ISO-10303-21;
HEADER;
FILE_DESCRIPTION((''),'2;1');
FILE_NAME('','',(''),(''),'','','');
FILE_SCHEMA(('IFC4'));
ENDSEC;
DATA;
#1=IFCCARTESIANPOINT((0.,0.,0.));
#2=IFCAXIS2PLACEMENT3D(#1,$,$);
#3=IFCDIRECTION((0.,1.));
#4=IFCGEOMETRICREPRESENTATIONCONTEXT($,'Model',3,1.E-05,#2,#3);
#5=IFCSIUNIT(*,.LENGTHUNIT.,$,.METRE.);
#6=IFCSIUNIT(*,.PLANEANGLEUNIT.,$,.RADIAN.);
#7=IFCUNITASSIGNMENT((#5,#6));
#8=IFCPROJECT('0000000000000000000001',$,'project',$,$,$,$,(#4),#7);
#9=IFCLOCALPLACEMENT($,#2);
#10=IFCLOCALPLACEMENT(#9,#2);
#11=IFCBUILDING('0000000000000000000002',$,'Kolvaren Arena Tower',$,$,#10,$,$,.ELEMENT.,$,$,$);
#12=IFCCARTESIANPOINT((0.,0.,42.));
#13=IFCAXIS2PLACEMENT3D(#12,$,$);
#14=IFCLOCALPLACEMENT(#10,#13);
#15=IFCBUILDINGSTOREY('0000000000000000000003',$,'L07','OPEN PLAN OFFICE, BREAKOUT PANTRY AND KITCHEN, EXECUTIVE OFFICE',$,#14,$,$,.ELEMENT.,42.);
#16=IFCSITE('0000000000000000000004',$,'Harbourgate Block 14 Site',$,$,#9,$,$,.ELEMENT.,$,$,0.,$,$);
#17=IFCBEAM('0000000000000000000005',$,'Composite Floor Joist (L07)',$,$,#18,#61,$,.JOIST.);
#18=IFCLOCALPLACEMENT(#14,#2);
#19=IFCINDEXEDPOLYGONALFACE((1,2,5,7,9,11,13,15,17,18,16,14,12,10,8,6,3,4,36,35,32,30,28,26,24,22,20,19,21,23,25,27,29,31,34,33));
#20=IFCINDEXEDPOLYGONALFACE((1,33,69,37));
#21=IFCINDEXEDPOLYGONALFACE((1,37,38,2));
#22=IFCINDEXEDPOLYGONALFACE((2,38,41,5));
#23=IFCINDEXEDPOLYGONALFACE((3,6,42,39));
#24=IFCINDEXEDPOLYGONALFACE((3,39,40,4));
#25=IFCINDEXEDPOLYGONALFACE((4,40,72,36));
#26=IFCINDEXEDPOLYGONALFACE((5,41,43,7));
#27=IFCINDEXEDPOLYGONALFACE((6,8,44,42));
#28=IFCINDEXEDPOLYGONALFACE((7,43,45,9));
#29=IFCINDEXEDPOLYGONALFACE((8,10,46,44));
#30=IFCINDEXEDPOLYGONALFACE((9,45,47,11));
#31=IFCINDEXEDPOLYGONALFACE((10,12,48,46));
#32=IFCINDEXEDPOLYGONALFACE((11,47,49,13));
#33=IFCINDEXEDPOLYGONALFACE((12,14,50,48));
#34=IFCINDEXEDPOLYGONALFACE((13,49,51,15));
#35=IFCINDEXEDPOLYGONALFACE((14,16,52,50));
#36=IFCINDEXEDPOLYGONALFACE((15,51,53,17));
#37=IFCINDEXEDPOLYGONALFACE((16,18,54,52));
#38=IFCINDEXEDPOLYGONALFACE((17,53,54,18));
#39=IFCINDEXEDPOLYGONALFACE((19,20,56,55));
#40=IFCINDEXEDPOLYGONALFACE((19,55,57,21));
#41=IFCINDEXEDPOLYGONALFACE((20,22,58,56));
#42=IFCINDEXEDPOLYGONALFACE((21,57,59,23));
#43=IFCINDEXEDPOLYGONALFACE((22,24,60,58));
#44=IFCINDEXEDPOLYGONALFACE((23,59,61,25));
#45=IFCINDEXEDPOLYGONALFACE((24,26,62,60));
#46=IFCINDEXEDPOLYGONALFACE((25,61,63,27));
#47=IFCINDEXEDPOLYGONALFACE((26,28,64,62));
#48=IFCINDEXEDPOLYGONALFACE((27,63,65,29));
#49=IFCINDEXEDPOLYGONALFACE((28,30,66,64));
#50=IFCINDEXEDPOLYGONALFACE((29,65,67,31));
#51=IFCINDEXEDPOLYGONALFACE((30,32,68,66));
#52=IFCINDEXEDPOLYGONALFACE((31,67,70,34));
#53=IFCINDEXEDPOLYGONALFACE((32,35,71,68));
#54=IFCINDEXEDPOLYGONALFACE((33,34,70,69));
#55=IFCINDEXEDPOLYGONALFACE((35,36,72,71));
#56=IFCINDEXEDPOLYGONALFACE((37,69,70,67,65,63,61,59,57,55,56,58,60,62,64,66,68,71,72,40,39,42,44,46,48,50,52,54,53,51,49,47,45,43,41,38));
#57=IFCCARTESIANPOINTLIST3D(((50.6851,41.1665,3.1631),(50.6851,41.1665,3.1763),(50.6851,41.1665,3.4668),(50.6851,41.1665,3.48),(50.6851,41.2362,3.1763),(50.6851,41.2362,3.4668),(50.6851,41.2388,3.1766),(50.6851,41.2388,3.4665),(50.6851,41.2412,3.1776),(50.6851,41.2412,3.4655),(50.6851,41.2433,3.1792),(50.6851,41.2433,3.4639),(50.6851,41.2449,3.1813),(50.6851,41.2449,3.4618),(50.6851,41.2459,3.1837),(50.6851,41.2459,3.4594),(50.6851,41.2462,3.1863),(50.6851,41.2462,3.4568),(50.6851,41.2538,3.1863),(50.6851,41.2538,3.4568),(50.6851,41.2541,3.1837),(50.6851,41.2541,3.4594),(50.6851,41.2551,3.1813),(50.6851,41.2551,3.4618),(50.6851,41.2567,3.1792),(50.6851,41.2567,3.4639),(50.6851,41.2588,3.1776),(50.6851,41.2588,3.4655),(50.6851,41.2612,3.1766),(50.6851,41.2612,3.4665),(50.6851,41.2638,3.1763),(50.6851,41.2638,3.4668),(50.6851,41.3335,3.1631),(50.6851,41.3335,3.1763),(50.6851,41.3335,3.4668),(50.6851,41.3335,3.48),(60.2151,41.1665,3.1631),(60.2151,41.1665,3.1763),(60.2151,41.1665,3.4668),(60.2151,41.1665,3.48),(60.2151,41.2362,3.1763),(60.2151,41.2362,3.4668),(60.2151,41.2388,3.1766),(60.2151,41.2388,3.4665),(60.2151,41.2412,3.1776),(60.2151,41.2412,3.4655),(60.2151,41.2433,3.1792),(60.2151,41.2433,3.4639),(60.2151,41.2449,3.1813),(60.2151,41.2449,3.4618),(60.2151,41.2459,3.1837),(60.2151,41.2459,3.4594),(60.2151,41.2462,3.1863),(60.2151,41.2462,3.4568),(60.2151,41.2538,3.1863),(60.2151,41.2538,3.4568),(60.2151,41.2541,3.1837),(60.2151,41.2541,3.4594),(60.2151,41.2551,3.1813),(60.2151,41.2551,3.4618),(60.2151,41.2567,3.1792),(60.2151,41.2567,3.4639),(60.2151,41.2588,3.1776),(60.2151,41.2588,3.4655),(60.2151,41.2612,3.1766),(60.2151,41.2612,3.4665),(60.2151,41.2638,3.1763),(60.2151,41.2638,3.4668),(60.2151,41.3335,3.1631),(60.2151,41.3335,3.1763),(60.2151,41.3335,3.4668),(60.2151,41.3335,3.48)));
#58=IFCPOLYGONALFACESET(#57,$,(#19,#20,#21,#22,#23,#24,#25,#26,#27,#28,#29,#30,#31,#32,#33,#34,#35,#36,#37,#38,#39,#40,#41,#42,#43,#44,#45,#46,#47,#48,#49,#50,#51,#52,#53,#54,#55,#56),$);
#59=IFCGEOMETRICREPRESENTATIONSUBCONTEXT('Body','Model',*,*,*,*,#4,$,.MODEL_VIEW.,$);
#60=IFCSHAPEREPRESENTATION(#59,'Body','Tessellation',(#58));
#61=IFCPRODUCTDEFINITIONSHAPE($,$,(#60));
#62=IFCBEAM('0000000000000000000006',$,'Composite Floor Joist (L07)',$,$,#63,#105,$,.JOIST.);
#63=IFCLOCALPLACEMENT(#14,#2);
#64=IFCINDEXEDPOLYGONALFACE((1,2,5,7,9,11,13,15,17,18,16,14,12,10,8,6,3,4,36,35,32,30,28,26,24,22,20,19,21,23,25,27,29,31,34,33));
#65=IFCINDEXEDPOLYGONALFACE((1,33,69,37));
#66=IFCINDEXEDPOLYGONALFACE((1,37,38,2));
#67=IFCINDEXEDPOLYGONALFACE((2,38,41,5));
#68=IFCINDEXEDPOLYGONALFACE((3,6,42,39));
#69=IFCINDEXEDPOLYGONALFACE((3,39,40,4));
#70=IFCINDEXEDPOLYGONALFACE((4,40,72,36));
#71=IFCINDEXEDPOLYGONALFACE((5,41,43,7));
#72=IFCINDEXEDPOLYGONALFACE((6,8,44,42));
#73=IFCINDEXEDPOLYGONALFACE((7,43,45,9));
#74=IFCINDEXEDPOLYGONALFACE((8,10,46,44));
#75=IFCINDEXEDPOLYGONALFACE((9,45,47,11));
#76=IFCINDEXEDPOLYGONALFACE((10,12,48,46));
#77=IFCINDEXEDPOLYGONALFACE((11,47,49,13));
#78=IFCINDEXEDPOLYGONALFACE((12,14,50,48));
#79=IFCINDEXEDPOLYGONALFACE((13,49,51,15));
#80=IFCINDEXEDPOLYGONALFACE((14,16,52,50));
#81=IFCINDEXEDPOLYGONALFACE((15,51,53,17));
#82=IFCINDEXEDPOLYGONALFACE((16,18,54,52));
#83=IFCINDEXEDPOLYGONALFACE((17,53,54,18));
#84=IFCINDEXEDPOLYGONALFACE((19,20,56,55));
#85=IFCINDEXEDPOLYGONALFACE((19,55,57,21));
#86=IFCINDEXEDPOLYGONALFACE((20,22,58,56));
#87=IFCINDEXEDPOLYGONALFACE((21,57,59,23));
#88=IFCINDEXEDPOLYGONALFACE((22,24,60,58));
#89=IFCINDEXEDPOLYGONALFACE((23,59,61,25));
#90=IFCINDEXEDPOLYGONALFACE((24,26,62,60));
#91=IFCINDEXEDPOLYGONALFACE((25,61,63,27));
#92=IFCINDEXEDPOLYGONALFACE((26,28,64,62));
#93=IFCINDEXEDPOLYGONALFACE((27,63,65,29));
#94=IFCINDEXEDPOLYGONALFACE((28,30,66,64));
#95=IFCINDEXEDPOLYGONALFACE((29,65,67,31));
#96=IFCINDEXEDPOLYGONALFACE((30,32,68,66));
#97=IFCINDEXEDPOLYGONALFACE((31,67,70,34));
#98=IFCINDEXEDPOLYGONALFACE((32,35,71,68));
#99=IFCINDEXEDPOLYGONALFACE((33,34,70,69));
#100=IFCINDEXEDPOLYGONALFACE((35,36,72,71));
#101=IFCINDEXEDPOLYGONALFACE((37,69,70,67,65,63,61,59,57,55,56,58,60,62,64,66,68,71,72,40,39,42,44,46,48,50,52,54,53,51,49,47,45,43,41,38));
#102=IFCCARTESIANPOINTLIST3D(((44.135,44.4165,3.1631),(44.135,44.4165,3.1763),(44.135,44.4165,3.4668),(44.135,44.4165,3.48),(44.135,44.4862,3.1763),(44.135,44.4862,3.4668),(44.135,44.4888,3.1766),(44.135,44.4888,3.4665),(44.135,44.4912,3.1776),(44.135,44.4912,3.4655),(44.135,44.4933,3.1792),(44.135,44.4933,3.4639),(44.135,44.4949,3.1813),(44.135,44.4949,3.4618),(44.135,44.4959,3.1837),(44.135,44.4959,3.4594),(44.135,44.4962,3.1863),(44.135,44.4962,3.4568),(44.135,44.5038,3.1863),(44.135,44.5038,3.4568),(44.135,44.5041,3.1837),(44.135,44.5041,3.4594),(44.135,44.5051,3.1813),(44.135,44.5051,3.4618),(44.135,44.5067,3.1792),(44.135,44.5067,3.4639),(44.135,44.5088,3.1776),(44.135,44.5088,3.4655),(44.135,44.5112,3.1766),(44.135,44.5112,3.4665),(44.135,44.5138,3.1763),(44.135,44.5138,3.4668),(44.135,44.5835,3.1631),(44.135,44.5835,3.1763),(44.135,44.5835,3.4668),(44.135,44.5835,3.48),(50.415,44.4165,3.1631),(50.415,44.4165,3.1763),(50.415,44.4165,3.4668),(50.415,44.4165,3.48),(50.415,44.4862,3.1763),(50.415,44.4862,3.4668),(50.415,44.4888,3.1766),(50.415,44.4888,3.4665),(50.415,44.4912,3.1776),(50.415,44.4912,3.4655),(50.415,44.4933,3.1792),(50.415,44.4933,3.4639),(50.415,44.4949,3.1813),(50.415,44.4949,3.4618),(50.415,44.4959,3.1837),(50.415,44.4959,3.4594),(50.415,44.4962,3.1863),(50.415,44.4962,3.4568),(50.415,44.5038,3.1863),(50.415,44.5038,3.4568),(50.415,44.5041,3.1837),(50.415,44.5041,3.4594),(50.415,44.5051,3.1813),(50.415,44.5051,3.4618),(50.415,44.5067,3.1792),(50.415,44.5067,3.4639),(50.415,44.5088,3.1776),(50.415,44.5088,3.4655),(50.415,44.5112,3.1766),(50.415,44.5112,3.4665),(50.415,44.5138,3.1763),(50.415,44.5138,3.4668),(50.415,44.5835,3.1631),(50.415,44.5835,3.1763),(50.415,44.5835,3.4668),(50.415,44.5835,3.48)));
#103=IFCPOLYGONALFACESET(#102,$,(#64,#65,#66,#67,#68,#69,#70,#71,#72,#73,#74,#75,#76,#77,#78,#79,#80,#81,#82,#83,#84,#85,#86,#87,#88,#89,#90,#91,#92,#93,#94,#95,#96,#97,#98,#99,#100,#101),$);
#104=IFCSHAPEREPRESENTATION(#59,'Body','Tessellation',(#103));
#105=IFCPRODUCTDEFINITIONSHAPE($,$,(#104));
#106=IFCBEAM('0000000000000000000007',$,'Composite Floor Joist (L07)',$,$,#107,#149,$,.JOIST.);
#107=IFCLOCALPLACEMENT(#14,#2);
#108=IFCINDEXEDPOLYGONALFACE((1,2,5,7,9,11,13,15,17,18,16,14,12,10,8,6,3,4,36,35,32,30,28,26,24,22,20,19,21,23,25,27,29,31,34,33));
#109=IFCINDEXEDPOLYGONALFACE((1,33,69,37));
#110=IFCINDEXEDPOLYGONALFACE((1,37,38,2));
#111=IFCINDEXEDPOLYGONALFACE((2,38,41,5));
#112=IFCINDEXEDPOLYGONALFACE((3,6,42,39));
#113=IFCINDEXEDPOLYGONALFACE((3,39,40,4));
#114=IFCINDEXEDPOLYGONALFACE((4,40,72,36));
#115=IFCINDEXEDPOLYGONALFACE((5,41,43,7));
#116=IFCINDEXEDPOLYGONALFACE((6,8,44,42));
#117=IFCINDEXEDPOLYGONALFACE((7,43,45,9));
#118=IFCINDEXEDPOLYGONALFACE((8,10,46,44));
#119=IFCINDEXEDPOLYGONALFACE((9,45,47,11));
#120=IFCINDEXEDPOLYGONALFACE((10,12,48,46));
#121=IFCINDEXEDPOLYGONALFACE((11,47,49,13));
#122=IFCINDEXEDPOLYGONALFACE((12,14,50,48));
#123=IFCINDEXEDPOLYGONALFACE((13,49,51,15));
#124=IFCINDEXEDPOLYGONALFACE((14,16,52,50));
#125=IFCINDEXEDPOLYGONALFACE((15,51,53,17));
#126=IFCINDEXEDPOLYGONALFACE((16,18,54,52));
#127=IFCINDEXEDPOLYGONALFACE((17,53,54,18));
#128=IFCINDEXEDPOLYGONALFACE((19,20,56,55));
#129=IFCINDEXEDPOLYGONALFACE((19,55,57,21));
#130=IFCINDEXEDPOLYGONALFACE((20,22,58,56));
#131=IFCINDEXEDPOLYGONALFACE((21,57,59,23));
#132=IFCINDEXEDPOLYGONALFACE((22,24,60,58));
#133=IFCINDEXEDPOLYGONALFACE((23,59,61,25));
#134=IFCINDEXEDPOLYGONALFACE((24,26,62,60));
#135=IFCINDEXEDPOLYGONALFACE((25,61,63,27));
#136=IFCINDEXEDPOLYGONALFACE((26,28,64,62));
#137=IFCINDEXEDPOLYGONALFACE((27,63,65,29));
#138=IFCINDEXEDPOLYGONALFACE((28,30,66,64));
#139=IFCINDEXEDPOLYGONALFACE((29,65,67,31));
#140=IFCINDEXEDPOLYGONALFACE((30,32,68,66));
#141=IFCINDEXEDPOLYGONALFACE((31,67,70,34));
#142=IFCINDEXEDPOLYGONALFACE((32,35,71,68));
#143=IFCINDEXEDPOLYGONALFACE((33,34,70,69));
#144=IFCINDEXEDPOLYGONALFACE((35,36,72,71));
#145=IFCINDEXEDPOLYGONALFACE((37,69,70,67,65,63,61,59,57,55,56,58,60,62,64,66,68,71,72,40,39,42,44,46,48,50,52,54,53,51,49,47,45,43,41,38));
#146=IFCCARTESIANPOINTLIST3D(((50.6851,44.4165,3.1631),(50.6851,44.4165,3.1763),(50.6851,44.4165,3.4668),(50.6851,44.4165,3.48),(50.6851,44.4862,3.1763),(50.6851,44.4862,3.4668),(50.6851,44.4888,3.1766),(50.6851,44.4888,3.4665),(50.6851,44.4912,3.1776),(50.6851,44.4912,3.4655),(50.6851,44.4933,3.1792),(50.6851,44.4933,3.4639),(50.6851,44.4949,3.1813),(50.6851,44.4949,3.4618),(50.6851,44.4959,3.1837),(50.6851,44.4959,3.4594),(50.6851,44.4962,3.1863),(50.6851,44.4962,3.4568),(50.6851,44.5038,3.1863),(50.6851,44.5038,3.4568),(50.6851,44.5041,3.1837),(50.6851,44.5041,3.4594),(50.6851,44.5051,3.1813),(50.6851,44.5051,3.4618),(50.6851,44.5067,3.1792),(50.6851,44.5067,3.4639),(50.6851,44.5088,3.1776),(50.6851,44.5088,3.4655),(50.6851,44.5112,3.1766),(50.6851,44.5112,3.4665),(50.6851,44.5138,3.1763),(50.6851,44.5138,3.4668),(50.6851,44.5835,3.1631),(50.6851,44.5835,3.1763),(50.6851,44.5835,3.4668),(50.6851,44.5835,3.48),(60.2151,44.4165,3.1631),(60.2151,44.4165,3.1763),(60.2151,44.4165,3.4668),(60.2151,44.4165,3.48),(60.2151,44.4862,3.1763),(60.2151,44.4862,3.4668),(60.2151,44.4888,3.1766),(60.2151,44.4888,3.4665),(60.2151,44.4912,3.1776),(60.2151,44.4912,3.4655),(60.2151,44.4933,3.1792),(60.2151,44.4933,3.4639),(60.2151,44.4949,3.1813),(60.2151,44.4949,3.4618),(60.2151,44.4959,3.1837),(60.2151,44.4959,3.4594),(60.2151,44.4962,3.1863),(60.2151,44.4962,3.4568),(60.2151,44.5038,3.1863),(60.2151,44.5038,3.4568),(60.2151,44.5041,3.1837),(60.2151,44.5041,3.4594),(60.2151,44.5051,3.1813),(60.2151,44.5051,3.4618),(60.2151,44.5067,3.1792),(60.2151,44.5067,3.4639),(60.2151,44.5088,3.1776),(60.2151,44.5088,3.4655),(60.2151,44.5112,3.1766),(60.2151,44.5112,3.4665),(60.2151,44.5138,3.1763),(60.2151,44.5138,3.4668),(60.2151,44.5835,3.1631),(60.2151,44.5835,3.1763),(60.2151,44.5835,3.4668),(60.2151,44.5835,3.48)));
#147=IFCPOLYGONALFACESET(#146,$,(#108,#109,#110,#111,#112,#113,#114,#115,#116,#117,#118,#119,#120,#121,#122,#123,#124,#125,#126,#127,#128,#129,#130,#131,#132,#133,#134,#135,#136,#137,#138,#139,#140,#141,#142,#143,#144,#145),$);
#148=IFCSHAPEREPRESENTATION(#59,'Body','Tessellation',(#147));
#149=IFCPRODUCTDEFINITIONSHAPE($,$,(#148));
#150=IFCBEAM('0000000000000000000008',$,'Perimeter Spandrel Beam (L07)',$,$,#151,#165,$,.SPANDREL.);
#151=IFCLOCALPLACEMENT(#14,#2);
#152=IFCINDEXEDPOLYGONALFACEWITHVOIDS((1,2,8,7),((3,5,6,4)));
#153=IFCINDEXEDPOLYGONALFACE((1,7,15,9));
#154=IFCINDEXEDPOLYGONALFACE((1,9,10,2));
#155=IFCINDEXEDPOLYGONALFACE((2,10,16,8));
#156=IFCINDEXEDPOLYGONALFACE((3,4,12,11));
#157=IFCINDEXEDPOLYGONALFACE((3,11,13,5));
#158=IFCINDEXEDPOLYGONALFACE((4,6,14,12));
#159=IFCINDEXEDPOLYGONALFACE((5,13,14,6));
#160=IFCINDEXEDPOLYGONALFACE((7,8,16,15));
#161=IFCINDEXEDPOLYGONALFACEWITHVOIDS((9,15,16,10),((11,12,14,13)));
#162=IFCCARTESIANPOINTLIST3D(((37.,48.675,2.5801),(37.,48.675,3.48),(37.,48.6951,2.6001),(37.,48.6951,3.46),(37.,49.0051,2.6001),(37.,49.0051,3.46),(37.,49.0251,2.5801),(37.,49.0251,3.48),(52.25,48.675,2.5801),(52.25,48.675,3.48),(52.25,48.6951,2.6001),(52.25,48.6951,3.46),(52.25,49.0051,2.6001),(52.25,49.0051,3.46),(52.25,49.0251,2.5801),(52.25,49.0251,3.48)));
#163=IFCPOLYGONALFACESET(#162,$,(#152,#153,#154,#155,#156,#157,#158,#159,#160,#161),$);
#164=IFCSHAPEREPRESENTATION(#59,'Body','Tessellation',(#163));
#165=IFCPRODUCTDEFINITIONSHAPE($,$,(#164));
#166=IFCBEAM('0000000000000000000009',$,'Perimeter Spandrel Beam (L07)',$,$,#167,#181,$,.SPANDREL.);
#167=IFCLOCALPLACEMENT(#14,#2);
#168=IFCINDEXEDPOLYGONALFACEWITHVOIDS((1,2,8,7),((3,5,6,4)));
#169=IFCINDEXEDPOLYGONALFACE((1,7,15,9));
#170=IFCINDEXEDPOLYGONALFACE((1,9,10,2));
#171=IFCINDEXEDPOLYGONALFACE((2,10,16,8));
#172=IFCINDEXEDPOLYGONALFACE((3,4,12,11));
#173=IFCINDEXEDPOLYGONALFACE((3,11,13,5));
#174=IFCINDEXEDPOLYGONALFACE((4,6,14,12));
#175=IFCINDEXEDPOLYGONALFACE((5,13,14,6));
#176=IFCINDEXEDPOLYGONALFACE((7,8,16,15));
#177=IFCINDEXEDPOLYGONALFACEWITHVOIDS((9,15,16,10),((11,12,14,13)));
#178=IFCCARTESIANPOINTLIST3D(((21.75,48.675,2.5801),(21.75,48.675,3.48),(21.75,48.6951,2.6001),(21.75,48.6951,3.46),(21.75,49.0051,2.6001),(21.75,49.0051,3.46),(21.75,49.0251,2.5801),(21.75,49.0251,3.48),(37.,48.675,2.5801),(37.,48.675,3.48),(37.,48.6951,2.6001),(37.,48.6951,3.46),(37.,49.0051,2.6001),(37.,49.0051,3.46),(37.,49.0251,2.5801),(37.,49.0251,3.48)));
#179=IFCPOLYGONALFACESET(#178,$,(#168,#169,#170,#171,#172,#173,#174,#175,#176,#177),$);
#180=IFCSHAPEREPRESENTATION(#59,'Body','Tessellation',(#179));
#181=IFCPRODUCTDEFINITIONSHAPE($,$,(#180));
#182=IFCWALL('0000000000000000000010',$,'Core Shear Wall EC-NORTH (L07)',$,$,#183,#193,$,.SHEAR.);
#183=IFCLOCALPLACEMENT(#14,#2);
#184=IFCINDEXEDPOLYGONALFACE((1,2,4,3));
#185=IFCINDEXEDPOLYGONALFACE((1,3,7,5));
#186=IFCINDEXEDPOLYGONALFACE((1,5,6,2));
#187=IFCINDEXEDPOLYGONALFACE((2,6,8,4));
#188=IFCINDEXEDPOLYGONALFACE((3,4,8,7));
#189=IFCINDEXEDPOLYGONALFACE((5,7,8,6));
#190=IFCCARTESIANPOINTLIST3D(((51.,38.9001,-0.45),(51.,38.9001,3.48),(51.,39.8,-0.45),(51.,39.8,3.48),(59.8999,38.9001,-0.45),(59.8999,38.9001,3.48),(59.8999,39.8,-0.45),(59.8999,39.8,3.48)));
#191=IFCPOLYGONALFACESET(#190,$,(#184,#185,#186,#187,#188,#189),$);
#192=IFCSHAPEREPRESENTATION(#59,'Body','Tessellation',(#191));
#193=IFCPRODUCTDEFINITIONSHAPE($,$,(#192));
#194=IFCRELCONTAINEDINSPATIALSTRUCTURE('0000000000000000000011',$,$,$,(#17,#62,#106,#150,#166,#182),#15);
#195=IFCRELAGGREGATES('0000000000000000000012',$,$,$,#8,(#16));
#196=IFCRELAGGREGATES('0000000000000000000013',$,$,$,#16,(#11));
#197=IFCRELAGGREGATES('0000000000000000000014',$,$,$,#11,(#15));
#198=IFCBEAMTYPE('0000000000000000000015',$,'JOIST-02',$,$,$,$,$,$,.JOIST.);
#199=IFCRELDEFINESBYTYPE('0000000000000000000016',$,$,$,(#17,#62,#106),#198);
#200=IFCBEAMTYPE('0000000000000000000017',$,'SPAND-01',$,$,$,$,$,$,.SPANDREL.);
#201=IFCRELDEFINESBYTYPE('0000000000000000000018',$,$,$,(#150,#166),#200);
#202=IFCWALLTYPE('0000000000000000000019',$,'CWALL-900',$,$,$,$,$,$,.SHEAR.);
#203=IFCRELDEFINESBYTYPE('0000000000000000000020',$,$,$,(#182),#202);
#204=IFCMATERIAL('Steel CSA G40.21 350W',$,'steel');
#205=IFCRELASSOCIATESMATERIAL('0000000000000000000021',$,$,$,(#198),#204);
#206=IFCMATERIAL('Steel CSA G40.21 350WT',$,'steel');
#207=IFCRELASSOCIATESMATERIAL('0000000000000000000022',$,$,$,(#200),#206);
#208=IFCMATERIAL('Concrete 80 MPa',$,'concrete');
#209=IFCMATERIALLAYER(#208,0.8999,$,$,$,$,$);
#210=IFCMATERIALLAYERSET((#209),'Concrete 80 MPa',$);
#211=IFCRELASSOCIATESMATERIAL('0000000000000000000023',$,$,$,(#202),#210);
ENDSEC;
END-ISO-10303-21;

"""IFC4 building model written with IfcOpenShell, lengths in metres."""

from ifc_helpers import new_model, si_unit, direction, frame, frame_2d, origin, origin_2d, place, context, subcontext, project, spatial, rectangle, hollow_rectangle, i_section, extrude, material, layer, layer_set, material_profile, profile_set, type_object, element, save


model = new_model("IFC4")

# Units and contexts
model_context = context("Model", 3, precision=1e-05, world=origin(), true_north=direction((0.0, 1.0)))
body_context = subcontext(model_context, "Body", "Model", "MODEL_VIEW")
ifc_project = project(units=[si_unit("LENGTHUNIT", "METRE"), si_unit("PLANEANGLEUNIT", "RADIAN")], contexts=[model_context])

# Site, building, storey
site_placement = place(None, origin())
site = spatial("IfcSite", under=ifc_project, at=site_placement, Name="Harbourgate Block 14 Site", CompositionType="ELEMENT", RefElevation=0.0)
building_placement = place(site_placement, origin())
building = spatial("IfcBuilding", under=site, at=building_placement, Name="Kolvaren Arena Tower", CompositionType="ELEMENT")
storey_placement = place(building_placement, frame((0.0, 0.0, 42.0)))
storey = spatial("IfcBuildingStorey", under=building, at=storey_placement, Name="L07", Description="OPEN PLAN OFFICE, BREAKOUT PANTRY AND KITCHEN, EXECUTIVE OFFICE", CompositionType="ELEMENT", Elevation=42.0)

# Beams
ifc_material_1 = material(Name="Steel CSA G40.21 350W", Category="steel")
ifc_material_profile_1 = material_profile(ifc_material_1, i_section(OverallWidth=0.167, OverallDepth=0.3169, WebThickness=0.0076, FlangeThickness=0.0132, FilletRadius=0.01, at=origin_2d()), Name="W310x52")
ifc_profile_set_1 = profile_set([ifc_material_profile_1], Name="Steel CSA G40.21 350W")
beam_type_1 = type_object("IfcBeamType", Name="JOIST-02", PredefinedType="JOIST", material=ifc_profile_set_1)
beam_1_placement = place(storey_placement, frame((50.6851, 41.25, 3.3215), z_axis=(1.0, 0.0, 0.0), x_axis=(0.0, 1.0, 0.0)))
element("IfcBeam", 1, at=beam_1_placement, inside=storey, type_object=beam_type_1, Name="Composite Floor Joist (L07)", PredefinedType="JOIST", context=body_context, shape_type="SweptSolid", body=[
    extrude(i_section(OverallWidth=0.167, OverallDepth=0.3169, WebThickness=0.0076, FlangeThickness=0.0132, FilletRadius=0.01, at=origin_2d()), origin(), (0.0, 0.0, 1.0), 9.53),
])
beam_2_placement = place(storey_placement, frame((44.135, 44.5, 3.3215), z_axis=(1.0, 0.0, 0.0), x_axis=(0.0, 1.0, 0.0)))
element("IfcBeam", 2, at=beam_2_placement, inside=storey, type_object=beam_type_1, Name="Composite Floor Joist (L07)", PredefinedType="JOIST", context=body_context, shape_type="SweptSolid", body=[
    extrude(i_section(OverallWidth=0.167, OverallDepth=0.3169, WebThickness=0.0076, FlangeThickness=0.0132, FilletRadius=0.01, at=origin_2d()), origin(), (0.0, 0.0, 1.0), 6.28),
])
beam_3_placement = place(storey_placement, frame((50.6851, 44.5, 3.3215), z_axis=(1.0, 0.0, 0.0), x_axis=(0.0, 1.0, 0.0)))
element("IfcBeam", 3, at=beam_3_placement, inside=storey, type_object=beam_type_1, Name="Composite Floor Joist (L07)", PredefinedType="JOIST", context=body_context, shape_type="SweptSolid", body=[
    extrude(i_section(OverallWidth=0.167, OverallDepth=0.3169, WebThickness=0.0076, FlangeThickness=0.0132, FilletRadius=0.01, at=origin_2d()), origin(), (0.0, 0.0, 1.0), 9.53),
])
ifc_material_2 = material(Name="Steel CSA G40.21 350WT", Category="steel")
ifc_material_profile_2 = material_profile(ifc_material_2, hollow_rectangle(XDim=0.3501, YDim=0.8999, WallThickness=0.02, at=origin_2d()), Name="HSS 900x350x20")
ifc_profile_set_2 = profile_set([ifc_material_profile_2], Name="Steel CSA G40.21 350WT")
beam_type_2 = type_object("IfcBeamType", Name="SPAND-01", PredefinedType="SPANDREL", material=ifc_profile_set_2)
for number, where, z_axis, x_axis, name in (
    (4, (52.25, 48.8501, 3.03), (-1.0, 0.0, 0.0), (0.0, -1.0, 0.0), "Perimeter Spandrel Beam (L07)"),
    (5, (37.0, 48.8501, 3.03), (-1.0, 0.0, 0.0), (0.0, -1.0, 0.0), "Perimeter Spandrel Beam (L07)"),
):
    element("IfcBeam", number, at=place(storey_placement, frame(where, z_axis=z_axis, x_axis=x_axis)), inside=storey, type_object=beam_type_2, Name=name, PredefinedType="SPANDREL", context=body_context, shape_type="SweptSolid", body=[
        extrude(hollow_rectangle(XDim=0.3501, YDim=0.8999, WallThickness=0.02, at=origin_2d()), origin(), (0.0, 0.0, 1.0), 15.25),
    ])

# Wall
ifc_material_3 = material(Name="Concrete 80 MPa", Category="concrete")
ifc_layer_1 = layer(ifc_material_3, 0.8999)
ifc_layer_set_1 = layer_set([ifc_layer_1], Name="Concrete 80 MPa")
wall_type_1 = type_object("IfcWallType", Name="CWALL-900", PredefinedType="SHEAR", material=ifc_layer_set_1)
wall_1_placement = place(storey_placement, frame((51.0, 39.3501, -0.45), z_axis=(0.0, 0.0, 1.0), x_axis=(1.0, 0.0, 0.0)))
element("IfcWall", 6, at=wall_1_placement, inside=storey, type_object=wall_type_1, Name="Core Shear Wall EC-NORTH (L07)", PredefinedType="SHEAR", context=body_context, shape_type="SweptSolid", body=[
    extrude(rectangle(XDim=8.8999, YDim=0.8999, at=frame_2d((4.45, 0.0))), origin(), (0.0, 0.0, 1.0), 3.9299),
])

save(model, "model.ifc")
